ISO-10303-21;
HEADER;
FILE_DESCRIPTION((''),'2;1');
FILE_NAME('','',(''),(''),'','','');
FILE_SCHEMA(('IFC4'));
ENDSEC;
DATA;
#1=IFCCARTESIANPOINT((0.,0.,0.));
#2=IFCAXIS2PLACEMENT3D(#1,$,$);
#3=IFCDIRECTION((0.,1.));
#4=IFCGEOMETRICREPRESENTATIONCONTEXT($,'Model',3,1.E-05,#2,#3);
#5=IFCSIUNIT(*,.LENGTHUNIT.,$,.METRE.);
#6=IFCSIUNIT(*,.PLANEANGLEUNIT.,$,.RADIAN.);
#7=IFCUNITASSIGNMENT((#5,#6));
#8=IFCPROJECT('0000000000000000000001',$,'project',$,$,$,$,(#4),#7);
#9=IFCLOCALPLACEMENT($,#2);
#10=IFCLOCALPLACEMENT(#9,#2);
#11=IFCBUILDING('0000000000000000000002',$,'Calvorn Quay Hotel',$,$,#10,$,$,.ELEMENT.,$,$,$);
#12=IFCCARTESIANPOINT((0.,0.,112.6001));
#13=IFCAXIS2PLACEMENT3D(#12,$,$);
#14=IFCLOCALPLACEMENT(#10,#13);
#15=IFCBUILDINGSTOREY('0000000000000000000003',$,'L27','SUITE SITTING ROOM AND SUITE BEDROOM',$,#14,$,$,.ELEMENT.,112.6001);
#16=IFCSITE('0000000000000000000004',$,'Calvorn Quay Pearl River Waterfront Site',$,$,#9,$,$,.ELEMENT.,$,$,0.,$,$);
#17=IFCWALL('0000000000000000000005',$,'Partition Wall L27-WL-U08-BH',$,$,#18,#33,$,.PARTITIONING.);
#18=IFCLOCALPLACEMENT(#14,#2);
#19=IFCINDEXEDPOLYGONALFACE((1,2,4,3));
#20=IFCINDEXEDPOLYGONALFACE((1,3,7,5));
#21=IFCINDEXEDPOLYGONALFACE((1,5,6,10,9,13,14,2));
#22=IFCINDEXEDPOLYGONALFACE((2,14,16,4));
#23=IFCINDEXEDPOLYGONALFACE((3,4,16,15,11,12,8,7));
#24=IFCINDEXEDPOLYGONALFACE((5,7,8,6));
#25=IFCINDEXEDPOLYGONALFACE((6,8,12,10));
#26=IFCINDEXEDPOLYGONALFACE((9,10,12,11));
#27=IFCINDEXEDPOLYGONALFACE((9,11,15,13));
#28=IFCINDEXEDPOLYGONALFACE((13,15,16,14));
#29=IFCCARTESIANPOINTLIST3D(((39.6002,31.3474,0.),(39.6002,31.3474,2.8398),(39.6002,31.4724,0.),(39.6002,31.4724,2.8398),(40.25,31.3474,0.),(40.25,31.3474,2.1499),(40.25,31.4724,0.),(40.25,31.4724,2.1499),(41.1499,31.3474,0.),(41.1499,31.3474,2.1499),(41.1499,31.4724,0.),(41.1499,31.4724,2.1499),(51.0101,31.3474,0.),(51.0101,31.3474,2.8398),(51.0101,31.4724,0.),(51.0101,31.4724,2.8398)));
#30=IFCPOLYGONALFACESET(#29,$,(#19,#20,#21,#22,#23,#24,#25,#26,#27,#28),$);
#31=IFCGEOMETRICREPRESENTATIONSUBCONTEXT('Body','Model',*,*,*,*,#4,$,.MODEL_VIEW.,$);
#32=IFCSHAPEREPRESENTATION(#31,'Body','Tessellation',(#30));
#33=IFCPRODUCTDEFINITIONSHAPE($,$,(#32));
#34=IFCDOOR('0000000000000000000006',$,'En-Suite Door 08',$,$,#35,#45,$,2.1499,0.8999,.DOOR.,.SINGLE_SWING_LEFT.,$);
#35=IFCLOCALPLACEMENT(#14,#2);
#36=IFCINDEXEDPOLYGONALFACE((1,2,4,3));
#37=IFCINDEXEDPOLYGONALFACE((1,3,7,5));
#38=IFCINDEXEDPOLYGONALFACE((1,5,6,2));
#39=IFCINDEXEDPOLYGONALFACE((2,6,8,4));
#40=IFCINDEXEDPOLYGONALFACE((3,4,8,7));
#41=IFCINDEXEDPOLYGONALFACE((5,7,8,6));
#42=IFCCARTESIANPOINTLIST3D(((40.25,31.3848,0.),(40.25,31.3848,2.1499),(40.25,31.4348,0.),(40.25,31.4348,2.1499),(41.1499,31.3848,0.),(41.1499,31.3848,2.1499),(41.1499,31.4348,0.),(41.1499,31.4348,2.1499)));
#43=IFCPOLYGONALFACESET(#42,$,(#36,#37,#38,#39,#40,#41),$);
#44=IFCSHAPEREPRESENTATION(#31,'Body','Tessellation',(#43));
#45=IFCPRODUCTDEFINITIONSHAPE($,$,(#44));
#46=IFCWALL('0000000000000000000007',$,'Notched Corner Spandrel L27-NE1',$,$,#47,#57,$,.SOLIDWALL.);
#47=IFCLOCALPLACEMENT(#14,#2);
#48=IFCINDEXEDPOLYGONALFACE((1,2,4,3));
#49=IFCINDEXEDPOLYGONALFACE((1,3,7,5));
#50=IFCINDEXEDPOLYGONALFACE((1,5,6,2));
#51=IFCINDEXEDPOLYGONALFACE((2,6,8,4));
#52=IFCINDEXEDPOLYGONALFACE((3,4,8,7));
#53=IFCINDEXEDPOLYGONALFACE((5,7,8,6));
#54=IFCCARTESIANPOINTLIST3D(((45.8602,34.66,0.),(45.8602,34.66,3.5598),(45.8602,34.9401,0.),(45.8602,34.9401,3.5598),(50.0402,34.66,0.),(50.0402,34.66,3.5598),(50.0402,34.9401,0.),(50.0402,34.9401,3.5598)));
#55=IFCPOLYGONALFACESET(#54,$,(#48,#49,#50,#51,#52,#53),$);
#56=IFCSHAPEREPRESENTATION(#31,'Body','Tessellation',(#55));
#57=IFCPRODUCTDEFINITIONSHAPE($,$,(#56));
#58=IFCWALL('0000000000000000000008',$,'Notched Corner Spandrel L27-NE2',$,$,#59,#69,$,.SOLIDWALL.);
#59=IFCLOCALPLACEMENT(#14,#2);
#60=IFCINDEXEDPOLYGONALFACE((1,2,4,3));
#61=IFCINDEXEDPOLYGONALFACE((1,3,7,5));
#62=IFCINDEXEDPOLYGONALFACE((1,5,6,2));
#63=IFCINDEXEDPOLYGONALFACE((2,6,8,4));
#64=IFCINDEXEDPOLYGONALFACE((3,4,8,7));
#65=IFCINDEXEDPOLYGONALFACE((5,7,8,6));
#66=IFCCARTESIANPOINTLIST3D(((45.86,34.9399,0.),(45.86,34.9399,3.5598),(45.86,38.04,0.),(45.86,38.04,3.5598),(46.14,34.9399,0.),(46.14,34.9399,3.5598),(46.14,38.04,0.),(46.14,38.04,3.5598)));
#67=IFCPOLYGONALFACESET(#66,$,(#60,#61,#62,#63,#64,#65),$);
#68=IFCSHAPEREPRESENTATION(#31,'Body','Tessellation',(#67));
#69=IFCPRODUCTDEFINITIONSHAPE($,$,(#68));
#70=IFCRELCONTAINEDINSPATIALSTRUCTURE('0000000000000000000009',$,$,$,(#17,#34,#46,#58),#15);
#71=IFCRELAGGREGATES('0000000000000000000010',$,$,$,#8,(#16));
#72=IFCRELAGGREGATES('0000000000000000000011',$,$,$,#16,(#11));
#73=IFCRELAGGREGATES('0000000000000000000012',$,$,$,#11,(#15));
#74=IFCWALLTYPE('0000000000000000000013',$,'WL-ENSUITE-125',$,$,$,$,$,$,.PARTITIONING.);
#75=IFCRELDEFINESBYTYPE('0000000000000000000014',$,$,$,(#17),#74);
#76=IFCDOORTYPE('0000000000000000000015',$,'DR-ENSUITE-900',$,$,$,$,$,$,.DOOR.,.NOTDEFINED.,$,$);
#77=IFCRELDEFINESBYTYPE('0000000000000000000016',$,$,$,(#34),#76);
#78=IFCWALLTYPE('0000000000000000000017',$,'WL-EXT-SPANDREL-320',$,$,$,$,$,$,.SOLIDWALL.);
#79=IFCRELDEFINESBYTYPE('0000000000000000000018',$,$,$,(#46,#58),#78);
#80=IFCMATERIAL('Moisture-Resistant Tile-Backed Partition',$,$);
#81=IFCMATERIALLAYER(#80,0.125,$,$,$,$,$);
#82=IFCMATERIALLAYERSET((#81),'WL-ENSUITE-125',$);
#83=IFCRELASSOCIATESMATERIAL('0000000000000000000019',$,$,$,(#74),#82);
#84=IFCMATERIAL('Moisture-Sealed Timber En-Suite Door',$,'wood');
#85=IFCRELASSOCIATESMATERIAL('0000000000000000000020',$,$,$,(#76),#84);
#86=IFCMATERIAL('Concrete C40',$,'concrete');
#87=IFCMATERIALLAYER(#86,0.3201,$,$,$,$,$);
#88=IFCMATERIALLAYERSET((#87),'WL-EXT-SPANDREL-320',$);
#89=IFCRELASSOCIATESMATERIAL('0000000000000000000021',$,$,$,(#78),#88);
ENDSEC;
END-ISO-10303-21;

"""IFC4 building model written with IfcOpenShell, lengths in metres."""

from ifc_helpers import new_model, si_unit, direction, frame, frame_2d, origin, place, context, subcontext, project, spatial, rectangle, extrude, material, layer, layer_set, type_object, element, fill, save


model = new_model("IFC4")

# Units and contexts
model_context = context("Model", 3, precision=1e-05, world=origin(), true_north=direction((0.0, 1.0)))
body_context = subcontext(model_context, "Body", "Model", "MODEL_VIEW")
ifc_project = project(units=[si_unit("LENGTHUNIT", "METRE"), si_unit("PLANEANGLEUNIT", "RADIAN")], contexts=[model_context])

# Site, building, storey
site_placement = place(None, origin())
site = spatial("IfcSite", under=ifc_project, at=site_placement, Name="Calvorn Quay Pearl River Waterfront Site", CompositionType="ELEMENT", RefElevation=0.0)
building_placement = place(site_placement, origin())
building = spatial("IfcBuilding", under=site, at=building_placement, Name="Calvorn Quay Hotel", CompositionType="ELEMENT")
storey_placement = place(building_placement, frame((0.0, 0.0, 112.6001)))
storey = spatial("IfcBuildingStorey", under=building, at=storey_placement, Name="L27", Description="SUITE SITTING ROOM AND SUITE BEDROOM", CompositionType="ELEMENT", Elevation=112.6001)

# Wall, opening, door
ifc_material_1 = material(Name="Moisture-Resistant Tile-Backed Partition")
ifc_layer_1 = layer(ifc_material_1, 0.125)
ifc_layer_set_1 = layer_set([ifc_layer_1], Name="WL-ENSUITE-125")
wall_type_1 = type_object("IfcWallType", Name="WL-ENSUITE-125", PredefinedType="PARTITIONING", material=ifc_layer_set_1)
wall_1_placement = place(storey_placement, frame((39.6001, 31.4099, 0.0), z_axis=(0.0, 0.0, 1.0), x_axis=(1.0, 0.0, 0.0)))
wall_1 = element("IfcWall", 1, at=wall_1_placement, inside=storey, type_object=wall_type_1, Name="Partition Wall L27-WL-U08-BH", PredefinedType="PARTITIONING", context=body_context, shape_type="SweptSolid", body=[
    extrude(rectangle(XDim=11.4099, YDim=0.125, at=frame_2d((5.7051, 0.0))), origin(), (0.0, 0.0, 1.0), 2.8398),
])
opening_placement = place(wall_1_placement, frame((0.6499, 0.0, 0.0)))
opening = element("IfcOpeningElement", 2, at=opening_placement, cuts=wall_1, PredefinedType="OPENING", context=body_context, shape_type="SweptSolid", body=[
    extrude(rectangle(XDim=0.8999, YDim=2.1499, at=frame_2d((0.45, 1.075))), frame((0.0, 0.0725, 0.0), z_axis=(0.0, -1.0, 0.0), x_axis=(1.0, 0.0, 0.0)), (0.0, 0.0, 1.0), 0.145),
])
ifc_material_2 = material(Name="Moisture-Sealed Timber En-Suite Door", Category="wood")
door_type = type_object("IfcDoorType", Name="DR-ENSUITE-900", OperationType="NOTDEFINED", PredefinedType="DOOR", material=ifc_material_2)
door_placement = place(opening_placement, origin())
door = element("IfcDoor", 3, at=door_placement, inside=storey, type_object=door_type, Name="En-Suite Door 08", OperationType="SINGLE_SWING_LEFT", OverallHeight=2.1499, OverallWidth=0.8999, PredefinedType="DOOR", context=body_context, shape_type="SweptSolid", body=[
    extrude(rectangle(XDim=0.8999, YDim=2.1499, at=frame_2d((0.45, 1.075))), frame((0.0, 0.0249, 0.0), z_axis=(0.0, -1.0, 0.0), x_axis=(1.0, 0.0, 0.0)), (0.0, 0.0, 1.0), 0.05),
])
fill(opening, door)

# Walls
ifc_material_3 = material(Name="Concrete C40", Category="concrete")
ifc_layer_2 = layer(ifc_material_3, 0.3201)
ifc_layer_set_2 = layer_set([ifc_layer_2], Name="WL-EXT-SPANDREL-320")
wall_type_2 = type_object("IfcWallType", Name="WL-EXT-SPANDREL-320", PredefinedType="SOLIDWALL", material=ifc_layer_set_2)
wall_2_placement = place(storey_placement, frame((50.04, 34.8, 0.0), z_axis=(0.0, 0.0, 1.0), x_axis=(-1.0, 0.0, 0.0)))
element("IfcWall", 4, at=wall_2_placement, inside=storey, type_object=wall_type_2, Name="Notched Corner Spandrel L27-NE1", PredefinedType="SOLIDWALL", context=body_context, shape_type="SweptSolid", body=[
    extrude(rectangle(XDim=4.1799, YDim=0.28, at=frame_2d((2.0898, 0.0))), origin(), (0.0, 0.0, 1.0), 3.5598),
])
wall_3_placement = place(storey_placement, frame((46.0, 34.9399, 0.0), z_axis=(0.0, 0.0, 1.0), x_axis=(0.0, 1.0, 0.0)))
element("IfcWall", 5, at=wall_3_placement, inside=storey, type_object=wall_type_2, Name="Notched Corner Spandrel L27-NE2", PredefinedType="SOLIDWALL", context=body_context, shape_type="SweptSolid", body=[
    extrude(rectangle(XDim=3.1001, YDim=0.28, at=frame_2d((1.55, 0.0))), origin(), (0.0, 0.0, 1.0), 3.5598),
])

save(model, "model.ifc")
